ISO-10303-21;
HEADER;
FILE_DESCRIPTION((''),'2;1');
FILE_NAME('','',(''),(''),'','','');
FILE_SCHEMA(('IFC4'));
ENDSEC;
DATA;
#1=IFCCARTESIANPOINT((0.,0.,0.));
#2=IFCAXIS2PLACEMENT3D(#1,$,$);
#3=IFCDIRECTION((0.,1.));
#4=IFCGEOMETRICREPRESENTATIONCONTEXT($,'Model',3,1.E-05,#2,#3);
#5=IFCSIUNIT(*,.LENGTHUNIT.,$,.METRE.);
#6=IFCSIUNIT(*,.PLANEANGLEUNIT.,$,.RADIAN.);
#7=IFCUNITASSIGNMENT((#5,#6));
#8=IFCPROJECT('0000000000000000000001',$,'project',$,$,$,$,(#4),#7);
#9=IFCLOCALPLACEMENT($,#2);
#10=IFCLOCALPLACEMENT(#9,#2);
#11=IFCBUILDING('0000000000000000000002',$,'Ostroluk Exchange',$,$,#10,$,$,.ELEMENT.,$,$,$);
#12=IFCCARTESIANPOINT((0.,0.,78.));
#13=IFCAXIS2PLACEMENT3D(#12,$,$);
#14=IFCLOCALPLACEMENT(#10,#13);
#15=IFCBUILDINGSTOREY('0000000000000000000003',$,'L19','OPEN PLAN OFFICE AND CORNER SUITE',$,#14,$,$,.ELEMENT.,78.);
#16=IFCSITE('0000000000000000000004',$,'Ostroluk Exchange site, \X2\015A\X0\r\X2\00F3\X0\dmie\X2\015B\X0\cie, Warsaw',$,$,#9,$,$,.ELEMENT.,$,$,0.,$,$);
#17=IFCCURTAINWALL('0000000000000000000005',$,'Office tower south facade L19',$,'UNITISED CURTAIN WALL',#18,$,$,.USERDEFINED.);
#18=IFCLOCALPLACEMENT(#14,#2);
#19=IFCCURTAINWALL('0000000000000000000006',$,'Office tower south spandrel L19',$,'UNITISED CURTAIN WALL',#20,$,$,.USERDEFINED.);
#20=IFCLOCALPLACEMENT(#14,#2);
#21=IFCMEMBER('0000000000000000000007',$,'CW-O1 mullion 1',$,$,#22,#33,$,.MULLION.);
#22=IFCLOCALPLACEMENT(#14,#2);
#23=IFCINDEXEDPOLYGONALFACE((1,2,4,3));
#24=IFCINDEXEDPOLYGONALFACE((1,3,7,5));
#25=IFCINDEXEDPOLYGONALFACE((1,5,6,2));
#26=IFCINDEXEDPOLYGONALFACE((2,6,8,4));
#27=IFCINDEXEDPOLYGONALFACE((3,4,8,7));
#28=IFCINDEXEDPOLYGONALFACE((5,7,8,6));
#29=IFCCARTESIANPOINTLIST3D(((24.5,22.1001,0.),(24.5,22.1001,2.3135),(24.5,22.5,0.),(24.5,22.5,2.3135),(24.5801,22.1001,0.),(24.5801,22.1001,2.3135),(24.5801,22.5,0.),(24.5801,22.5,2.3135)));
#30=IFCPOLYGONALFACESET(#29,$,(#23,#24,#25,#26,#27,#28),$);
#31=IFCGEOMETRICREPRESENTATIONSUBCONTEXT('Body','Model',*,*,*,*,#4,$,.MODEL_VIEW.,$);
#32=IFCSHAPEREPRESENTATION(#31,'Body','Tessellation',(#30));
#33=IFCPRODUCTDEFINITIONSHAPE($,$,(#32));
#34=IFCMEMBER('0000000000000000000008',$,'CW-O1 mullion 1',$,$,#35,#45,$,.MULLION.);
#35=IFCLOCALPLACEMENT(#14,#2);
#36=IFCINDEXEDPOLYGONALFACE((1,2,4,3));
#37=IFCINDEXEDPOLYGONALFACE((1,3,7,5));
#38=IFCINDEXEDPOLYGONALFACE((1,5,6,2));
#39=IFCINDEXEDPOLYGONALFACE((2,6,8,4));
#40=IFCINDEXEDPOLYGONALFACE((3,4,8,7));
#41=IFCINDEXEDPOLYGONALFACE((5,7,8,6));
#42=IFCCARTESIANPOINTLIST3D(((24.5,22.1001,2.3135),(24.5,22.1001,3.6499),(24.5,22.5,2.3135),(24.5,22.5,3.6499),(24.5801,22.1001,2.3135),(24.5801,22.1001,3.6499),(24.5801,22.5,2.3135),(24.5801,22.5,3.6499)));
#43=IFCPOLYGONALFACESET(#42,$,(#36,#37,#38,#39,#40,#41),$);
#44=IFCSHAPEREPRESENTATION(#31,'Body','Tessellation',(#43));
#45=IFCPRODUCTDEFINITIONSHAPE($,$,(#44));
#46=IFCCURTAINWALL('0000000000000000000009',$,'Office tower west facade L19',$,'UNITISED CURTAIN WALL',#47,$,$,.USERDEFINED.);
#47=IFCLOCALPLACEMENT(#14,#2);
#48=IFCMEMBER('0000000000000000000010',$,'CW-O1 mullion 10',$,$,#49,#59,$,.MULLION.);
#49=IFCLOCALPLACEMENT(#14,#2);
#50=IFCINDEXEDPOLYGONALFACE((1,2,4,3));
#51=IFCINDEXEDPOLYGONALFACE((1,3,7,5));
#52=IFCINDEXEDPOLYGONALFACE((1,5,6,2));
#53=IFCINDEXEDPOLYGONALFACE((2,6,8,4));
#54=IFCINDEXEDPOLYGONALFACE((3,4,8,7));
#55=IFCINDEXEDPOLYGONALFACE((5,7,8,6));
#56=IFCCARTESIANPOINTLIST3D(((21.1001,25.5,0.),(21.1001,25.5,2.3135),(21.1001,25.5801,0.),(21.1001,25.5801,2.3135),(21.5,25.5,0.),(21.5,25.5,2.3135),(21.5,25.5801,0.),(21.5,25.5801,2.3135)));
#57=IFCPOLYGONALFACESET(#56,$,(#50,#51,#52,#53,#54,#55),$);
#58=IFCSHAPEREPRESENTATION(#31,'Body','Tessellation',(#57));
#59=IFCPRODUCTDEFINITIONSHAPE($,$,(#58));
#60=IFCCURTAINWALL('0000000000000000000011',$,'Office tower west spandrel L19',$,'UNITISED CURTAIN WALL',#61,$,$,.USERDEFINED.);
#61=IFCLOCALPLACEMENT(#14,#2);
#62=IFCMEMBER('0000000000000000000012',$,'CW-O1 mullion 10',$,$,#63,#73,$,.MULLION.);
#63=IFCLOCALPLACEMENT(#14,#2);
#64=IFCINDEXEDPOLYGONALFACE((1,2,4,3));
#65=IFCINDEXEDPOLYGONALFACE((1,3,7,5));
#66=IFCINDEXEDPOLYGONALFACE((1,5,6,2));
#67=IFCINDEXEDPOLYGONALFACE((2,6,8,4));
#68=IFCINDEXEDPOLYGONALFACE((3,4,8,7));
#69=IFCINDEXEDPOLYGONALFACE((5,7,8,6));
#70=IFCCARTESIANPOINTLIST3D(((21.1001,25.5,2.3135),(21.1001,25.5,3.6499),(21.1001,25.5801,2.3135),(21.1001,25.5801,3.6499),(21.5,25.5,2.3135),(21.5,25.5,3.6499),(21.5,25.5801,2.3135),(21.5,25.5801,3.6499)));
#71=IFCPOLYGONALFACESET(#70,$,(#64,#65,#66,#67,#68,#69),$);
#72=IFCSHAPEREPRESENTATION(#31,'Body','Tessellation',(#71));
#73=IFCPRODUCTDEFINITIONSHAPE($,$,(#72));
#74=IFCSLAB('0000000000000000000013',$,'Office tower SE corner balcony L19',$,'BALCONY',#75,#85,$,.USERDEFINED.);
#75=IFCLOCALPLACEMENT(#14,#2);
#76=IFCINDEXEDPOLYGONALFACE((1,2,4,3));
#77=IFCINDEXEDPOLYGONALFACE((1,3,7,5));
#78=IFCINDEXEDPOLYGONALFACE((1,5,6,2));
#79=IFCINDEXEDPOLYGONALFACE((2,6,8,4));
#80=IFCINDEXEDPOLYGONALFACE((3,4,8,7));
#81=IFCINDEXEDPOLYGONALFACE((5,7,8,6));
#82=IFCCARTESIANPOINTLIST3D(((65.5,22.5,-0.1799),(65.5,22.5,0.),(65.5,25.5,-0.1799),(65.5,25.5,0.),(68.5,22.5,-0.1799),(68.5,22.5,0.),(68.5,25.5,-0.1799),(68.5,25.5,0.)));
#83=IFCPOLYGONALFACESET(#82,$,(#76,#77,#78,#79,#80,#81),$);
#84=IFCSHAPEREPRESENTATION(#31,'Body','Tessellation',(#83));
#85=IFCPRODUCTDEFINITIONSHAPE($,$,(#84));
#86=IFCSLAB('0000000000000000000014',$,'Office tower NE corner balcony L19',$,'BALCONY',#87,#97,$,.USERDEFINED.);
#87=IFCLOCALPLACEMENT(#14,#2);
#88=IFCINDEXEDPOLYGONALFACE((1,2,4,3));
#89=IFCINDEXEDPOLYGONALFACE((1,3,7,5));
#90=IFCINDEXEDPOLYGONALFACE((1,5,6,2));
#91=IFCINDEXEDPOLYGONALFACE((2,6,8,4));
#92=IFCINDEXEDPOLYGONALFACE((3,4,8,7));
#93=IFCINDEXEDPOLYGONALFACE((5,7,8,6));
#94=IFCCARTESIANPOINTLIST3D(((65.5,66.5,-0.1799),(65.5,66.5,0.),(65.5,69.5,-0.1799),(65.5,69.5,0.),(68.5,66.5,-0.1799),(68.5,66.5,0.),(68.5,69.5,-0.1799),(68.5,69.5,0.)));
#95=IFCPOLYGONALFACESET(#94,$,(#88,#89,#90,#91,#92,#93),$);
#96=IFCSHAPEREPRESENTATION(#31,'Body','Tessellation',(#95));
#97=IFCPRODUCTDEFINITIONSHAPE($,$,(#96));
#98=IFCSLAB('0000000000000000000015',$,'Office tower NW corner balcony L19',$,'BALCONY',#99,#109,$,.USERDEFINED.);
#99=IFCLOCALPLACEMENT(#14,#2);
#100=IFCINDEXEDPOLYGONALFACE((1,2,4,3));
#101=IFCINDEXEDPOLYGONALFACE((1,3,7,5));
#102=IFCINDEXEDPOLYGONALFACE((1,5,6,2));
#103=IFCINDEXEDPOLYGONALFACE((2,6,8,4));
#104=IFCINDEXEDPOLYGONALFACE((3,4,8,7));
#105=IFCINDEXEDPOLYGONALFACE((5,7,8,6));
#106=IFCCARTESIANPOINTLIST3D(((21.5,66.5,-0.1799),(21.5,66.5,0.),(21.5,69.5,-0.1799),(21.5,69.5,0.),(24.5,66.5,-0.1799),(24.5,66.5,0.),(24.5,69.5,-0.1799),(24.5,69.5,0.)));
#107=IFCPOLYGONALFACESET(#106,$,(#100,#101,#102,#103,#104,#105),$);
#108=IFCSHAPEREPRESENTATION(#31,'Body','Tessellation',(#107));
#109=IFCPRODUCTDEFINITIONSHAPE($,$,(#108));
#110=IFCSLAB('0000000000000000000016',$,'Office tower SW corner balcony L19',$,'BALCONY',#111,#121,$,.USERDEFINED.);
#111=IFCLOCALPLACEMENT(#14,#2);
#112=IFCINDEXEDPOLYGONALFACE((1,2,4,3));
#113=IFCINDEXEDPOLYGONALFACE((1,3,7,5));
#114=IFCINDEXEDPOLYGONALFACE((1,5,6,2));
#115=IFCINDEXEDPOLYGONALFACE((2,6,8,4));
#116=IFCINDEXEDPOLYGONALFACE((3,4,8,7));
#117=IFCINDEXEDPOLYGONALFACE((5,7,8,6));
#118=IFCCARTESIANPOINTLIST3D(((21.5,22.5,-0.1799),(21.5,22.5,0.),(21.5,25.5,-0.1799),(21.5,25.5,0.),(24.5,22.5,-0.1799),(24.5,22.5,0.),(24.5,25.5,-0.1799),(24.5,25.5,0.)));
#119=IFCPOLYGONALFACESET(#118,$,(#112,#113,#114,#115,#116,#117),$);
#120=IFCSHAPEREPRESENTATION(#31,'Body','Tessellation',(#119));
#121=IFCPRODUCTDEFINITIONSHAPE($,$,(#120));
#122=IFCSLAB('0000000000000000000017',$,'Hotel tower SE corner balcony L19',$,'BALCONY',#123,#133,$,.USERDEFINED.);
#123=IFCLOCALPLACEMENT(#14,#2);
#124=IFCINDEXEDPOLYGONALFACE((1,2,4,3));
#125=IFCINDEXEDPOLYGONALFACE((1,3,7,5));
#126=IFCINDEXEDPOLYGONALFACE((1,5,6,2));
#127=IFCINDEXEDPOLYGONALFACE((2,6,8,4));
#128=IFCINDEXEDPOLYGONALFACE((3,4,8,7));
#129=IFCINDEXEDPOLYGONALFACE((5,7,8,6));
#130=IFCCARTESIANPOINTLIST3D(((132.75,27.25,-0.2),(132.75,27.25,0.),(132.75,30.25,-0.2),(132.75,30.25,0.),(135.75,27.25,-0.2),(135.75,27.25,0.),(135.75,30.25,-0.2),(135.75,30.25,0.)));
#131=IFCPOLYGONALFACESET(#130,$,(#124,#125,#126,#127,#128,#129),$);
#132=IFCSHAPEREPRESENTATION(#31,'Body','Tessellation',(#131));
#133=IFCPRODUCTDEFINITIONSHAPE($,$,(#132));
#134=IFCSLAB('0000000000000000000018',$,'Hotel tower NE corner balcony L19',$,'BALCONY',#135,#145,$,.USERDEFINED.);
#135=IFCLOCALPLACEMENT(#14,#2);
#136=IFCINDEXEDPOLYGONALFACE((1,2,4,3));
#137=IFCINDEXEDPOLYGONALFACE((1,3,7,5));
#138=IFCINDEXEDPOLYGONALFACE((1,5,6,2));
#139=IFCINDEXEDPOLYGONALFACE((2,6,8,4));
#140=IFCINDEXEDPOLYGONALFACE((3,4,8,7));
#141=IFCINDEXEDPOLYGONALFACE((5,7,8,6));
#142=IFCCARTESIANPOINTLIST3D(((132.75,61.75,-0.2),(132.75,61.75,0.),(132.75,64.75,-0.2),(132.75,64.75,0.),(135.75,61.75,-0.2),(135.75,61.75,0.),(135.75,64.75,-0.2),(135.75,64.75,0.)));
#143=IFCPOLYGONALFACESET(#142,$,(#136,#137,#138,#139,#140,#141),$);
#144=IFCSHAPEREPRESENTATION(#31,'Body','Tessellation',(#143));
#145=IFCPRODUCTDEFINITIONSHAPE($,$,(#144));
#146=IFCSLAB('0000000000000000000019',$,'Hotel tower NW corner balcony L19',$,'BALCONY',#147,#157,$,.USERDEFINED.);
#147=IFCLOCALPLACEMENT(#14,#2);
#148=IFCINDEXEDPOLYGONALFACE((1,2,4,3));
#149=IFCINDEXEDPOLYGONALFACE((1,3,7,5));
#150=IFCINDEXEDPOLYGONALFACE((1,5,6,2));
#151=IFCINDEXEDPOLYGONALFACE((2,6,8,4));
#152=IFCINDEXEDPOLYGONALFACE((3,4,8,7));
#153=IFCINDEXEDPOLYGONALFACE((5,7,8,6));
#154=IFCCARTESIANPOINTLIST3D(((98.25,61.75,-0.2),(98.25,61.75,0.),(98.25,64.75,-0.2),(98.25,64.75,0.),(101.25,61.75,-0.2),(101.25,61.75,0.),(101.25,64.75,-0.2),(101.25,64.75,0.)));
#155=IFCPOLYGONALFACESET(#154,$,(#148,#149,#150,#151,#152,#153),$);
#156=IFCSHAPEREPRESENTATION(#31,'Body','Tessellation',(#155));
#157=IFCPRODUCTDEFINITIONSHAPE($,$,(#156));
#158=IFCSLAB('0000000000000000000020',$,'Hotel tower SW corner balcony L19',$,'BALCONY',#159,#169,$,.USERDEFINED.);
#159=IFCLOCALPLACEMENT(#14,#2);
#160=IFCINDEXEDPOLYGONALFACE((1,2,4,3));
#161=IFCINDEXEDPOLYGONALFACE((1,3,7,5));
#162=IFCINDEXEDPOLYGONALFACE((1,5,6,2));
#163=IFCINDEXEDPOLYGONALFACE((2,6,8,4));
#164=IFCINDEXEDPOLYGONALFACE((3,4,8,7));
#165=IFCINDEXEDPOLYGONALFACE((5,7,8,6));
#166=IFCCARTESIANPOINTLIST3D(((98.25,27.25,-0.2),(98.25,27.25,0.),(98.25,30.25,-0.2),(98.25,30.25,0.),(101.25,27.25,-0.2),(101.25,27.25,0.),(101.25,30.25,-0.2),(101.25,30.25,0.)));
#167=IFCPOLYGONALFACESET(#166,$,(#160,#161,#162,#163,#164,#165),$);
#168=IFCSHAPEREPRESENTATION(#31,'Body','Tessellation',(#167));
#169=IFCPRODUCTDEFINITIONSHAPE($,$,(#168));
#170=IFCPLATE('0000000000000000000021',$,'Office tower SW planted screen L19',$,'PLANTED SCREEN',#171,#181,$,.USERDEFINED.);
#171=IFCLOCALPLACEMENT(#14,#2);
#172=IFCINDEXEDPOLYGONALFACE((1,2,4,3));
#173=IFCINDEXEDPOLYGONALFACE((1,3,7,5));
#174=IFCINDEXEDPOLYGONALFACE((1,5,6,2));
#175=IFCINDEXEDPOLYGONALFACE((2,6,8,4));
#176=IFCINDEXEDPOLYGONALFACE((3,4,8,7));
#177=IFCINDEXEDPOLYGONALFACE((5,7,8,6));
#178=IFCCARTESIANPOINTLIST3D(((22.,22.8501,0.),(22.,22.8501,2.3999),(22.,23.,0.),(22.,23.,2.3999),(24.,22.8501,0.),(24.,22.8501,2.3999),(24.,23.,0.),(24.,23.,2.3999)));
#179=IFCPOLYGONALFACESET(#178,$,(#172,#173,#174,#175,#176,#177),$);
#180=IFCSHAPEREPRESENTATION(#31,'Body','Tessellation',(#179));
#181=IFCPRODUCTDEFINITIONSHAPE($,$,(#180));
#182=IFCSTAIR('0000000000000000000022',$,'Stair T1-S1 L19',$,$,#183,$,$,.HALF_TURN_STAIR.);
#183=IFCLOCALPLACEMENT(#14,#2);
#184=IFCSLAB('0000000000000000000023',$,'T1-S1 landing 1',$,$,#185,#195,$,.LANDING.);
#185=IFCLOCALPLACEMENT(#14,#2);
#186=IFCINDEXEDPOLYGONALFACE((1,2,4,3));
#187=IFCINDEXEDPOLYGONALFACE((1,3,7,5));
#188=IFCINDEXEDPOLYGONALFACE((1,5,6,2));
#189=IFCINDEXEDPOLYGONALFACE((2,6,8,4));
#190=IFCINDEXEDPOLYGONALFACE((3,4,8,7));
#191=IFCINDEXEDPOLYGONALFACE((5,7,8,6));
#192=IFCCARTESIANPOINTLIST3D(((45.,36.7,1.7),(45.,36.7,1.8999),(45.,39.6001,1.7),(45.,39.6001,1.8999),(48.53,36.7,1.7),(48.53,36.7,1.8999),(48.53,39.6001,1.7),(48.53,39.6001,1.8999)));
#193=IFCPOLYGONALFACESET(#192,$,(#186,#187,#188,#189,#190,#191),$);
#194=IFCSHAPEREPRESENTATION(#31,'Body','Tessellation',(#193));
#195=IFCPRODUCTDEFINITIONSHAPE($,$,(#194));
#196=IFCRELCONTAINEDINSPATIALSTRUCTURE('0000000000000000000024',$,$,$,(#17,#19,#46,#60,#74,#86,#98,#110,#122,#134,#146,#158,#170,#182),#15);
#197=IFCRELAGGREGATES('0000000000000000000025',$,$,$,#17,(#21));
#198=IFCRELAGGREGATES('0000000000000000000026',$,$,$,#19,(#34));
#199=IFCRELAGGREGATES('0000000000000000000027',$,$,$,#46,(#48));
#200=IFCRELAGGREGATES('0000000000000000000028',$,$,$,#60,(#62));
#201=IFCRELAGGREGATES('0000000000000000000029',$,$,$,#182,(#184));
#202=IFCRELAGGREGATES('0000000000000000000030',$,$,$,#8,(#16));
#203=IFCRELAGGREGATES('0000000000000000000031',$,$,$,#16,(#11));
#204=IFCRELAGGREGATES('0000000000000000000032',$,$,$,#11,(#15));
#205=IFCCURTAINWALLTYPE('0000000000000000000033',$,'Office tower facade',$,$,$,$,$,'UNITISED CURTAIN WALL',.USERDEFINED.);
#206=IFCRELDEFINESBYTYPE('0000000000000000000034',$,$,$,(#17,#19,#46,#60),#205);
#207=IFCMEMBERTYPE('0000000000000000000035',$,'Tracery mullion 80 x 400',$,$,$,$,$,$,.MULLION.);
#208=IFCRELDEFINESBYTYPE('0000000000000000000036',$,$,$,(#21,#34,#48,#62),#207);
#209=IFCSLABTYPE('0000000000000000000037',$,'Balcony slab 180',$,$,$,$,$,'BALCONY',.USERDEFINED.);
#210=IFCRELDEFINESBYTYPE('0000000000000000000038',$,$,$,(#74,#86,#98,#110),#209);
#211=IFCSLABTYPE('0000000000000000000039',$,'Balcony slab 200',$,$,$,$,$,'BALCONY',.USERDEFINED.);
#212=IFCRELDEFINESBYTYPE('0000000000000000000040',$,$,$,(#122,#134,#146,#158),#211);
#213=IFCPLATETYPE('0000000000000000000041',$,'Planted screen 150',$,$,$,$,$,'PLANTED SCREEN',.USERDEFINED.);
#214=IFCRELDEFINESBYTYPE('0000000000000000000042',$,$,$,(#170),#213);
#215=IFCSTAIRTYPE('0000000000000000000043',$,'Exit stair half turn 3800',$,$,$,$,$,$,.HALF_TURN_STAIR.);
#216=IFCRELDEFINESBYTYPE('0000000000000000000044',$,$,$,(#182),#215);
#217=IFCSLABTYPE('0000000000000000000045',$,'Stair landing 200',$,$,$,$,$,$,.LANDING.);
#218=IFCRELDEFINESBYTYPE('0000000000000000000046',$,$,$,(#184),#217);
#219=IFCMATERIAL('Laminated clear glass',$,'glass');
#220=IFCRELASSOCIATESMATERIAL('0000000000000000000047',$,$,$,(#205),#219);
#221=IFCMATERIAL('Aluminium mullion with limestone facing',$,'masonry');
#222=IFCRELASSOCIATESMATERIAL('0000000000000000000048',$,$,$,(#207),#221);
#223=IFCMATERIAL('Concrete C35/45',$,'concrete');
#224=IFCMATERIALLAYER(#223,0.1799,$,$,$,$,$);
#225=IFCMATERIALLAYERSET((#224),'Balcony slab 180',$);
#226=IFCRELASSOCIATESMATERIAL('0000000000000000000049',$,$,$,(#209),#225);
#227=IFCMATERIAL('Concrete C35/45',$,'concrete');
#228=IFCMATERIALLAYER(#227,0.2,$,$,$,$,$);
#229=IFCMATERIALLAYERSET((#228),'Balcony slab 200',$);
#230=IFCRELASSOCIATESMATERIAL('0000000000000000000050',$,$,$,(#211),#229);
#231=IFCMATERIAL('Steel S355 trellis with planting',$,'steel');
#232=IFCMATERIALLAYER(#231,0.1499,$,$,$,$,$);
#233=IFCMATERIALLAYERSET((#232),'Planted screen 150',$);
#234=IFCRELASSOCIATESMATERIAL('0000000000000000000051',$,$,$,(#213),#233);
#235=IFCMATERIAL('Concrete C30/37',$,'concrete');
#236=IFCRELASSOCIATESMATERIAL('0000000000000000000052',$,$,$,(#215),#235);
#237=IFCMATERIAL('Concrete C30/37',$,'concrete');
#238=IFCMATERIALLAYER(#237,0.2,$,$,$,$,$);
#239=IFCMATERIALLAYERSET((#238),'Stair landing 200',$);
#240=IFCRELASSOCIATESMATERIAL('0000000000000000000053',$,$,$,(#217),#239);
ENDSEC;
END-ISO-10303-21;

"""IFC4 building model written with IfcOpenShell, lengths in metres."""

from ifc_helpers import new_model, si_unit, direction, frame, origin, origin_2d, place, context, subcontext, project, spatial, polyline, rectangle, outline, extrude, material, layer, layer_set, material_profile, profile_set, type_object, element, aggregate, save


model = new_model("IFC4")

# Units and contexts
model_context = context("Model", 3, precision=1e-05, world=origin(), true_north=direction((0.0, 1.0)))
body_context = subcontext(model_context, "Body", "Model", "MODEL_VIEW")
ifc_project = project(units=[si_unit("LENGTHUNIT", "METRE"), si_unit("PLANEANGLEUNIT", "RADIAN")], contexts=[model_context])

# Site, building, storey
site_placement = place(None, origin())
site = spatial("IfcSite", under=ifc_project, at=site_placement, Name="Ostroluk Exchange site, Śródmieście, Warsaw", CompositionType="ELEMENT", RefElevation=0.0)
building_placement = place(site_placement, origin())
building = spatial("IfcBuilding", under=site, at=building_placement, Name="Ostroluk Exchange", CompositionType="ELEMENT")
storey_placement = place(building_placement, frame((0.0, 0.0, 78.0)))
storey = spatial("IfcBuildingStorey", under=building, at=storey_placement, Name="L19", Description="OPEN PLAN OFFICE AND CORNER SUITE", CompositionType="ELEMENT", Elevation=78.0)

# Curtain wall
ifc_material_1 = material(Name="Laminated clear glass", Category="glass")
curtain_wall_type = type_object("IfcCurtainWallType", Name="Office tower facade", ElementType="UNITISED CURTAIN WALL", PredefinedType="USERDEFINED", material=ifc_material_1)
curtain_wall_1_placement = place(storey_placement, origin())
curtain_wall_1 = element("IfcCurtainWall", 1, at=curtain_wall_1_placement, inside=storey, type_object=curtain_wall_type, Name="Office tower south facade L19", ObjectType="UNITISED CURTAIN WALL", PredefinedType="USERDEFINED")

# Curtain wall
curtain_wall_2_placement = place(storey_placement, origin())
curtain_wall_2 = element("IfcCurtainWall", 2, at=curtain_wall_2_placement, inside=storey, type_object=curtain_wall_type, Name="Office tower south spandrel L19", ObjectType="UNITISED CURTAIN WALL", PredefinedType="USERDEFINED")

# Members
ifc_material_2 = material(Name="Aluminium mullion with limestone facing", Category="masonry")
ifc_material_profile_1 = material_profile(ifc_material_2, rectangle(XDim=0.3999, YDim=0.0801, at=origin_2d()), Name="Tracery mullion 80 x 400")
ifc_profile_set_1 = profile_set([ifc_material_profile_1], Name="Aluminium mullion with limestone facing")
member_type_1 = type_object("IfcMemberType", Name="Tracery mullion 80 x 400", PredefinedType="MULLION", material=ifc_profile_set_1)
member_1_placement = place(storey_placement, frame((24.54, 22.3, 0.0), z_axis=(0.0, 0.0, 1.0), x_axis=(0.0, 1.0, 0.0)))
member_1 = element("IfcMember", 3, at=member_1_placement, type_object=member_type_1, Name="CW-O1 mullion 1", PredefinedType="MULLION", context=body_context, shape_type="SweptSolid", body=[
    extrude(rectangle(XDim=0.3999, YDim=0.0801, at=origin_2d()), origin(), (0.0, 0.0, 1.0), 2.3135),
])
aggregate(curtain_wall_1, [member_1])
member_2_placement = place(storey_placement, frame((24.54, 22.3, 2.3135), z_axis=(0.0, 0.0, 1.0), x_axis=(0.0, 1.0, 0.0)))
member_2 = element("IfcMember", 4, at=member_2_placement, type_object=member_type_1, Name="CW-O1 mullion 1", PredefinedType="MULLION", context=body_context, shape_type="SweptSolid", body=[
    extrude(rectangle(XDim=0.3999, YDim=0.0801, at=origin_2d()), origin(), (0.0, 0.0, 1.0), 1.3364),
])
aggregate(curtain_wall_2, [member_2])

# Curtain walls, members
curtain_wall_3_placement = place(storey_placement, origin())
curtain_wall_3 = element("IfcCurtainWall", 5, at=curtain_wall_3_placement, inside=storey, type_object=curtain_wall_type, Name="Office tower west facade L19", ObjectType="UNITISED CURTAIN WALL", PredefinedType="USERDEFINED")
member_3_placement = place(storey_placement, frame((21.3, 25.54, 0.0), z_axis=(0.0, 0.0, 1.0), x_axis=(1.0, 0.0, 0.0)))
member_3 = element("IfcMember", 6, at=member_3_placement, type_object=member_type_1, Name="CW-O1 mullion 10", PredefinedType="MULLION", context=body_context, shape_type="SweptSolid", body=[
    extrude(rectangle(XDim=0.3999, YDim=0.0801, at=origin_2d()), origin(), (0.0, 0.0, 1.0), 2.3135),
])
aggregate(curtain_wall_3, [member_3])
curtain_wall_4_placement = place(storey_placement, origin())
curtain_wall_4 = element("IfcCurtainWall", 7, at=curtain_wall_4_placement, inside=storey, type_object=curtain_wall_type, Name="Office tower west spandrel L19", ObjectType="UNITISED CURTAIN WALL", PredefinedType="USERDEFINED")
member_4_placement = place(storey_placement, frame((21.3, 25.54, 2.3135), z_axis=(0.0, 0.0, 1.0), x_axis=(1.0, 0.0, 0.0)))
member_4 = element("IfcMember", 8, at=member_4_placement, type_object=member_type_1, Name="CW-O1 mullion 10", PredefinedType="MULLION", context=body_context, shape_type="SweptSolid", body=[
    extrude(rectangle(XDim=0.3999, YDim=0.0801, at=origin_2d()), origin(), (0.0, 0.0, 1.0), 1.3364),
])
aggregate(curtain_wall_4, [member_4])

# Slabs
ifc_material_3 = material(Name="Concrete C35/45", Category="concrete")
ifc_layer_1 = layer(ifc_material_3, 0.1799)
ifc_layer_set_1 = layer_set([ifc_layer_1], Name="Balcony slab 180")
slab_type_1 = type_object("IfcSlabType", Name="Balcony slab 180", ElementType="BALCONY", PredefinedType="USERDEFINED", material=ifc_layer_set_1)
slab_1_placement = place(storey_placement, frame((0.0, 0.0, -0.1799)))
element("IfcSlab", 9, at=slab_1_placement, inside=storey, type_object=slab_type_1, Name="Office tower SE corner balcony L19", ObjectType="BALCONY", PredefinedType="USERDEFINED", context=body_context, shape_type="SweptSolid", body=[
    extrude(outline(polyline([(65.5, 22.5), (68.5, 22.5), (68.5, 25.5), (65.5, 25.5), (65.5, 22.5)])), origin(), (0.0, 0.0, 1.0), 0.1799),
])
slab_2_placement = place(storey_placement, frame((0.0, 0.0, -0.1799)))
element("IfcSlab", 10, at=slab_2_placement, inside=storey, type_object=slab_type_1, Name="Office tower NE corner balcony L19", ObjectType="BALCONY", PredefinedType="USERDEFINED", context=body_context, shape_type="SweptSolid", body=[
    extrude(outline(polyline([(65.5, 66.5), (68.5, 66.5), (68.5, 69.5), (65.5, 69.5), (65.5, 66.5)])), origin(), (0.0, 0.0, 1.0), 0.1799),
])
slab_3_placement = place(storey_placement, frame((0.0, 0.0, -0.1799)))
element("IfcSlab", 11, at=slab_3_placement, inside=storey, type_object=slab_type_1, Name="Office tower NW corner balcony L19", ObjectType="BALCONY", PredefinedType="USERDEFINED", context=body_context, shape_type="SweptSolid", body=[
    extrude(outline(polyline([(21.5, 66.5), (24.5, 66.5), (24.5, 69.5), (21.5, 69.5), (21.5, 66.5)])), origin(), (0.0, 0.0, 1.0), 0.1799),
])
slab_4_placement = place(storey_placement, frame((0.0, 0.0, -0.1799)))
element("IfcSlab", 12, at=slab_4_placement, inside=storey, type_object=slab_type_1, Name="Office tower SW corner balcony L19", ObjectType="BALCONY", PredefinedType="USERDEFINED", context=body_context, shape_type="SweptSolid", body=[
    extrude(outline(polyline([(21.5, 22.5), (24.5, 22.5), (24.5, 25.5), (21.5, 25.5), (21.5, 22.5)])), origin(), (0.0, 0.0, 1.0), 0.1799),
])
ifc_material_4 = material(Name="Concrete C35/45", Category="concrete")
ifc_layer_2 = layer(ifc_material_4, 0.2)
ifc_layer_set_2 = layer_set([ifc_layer_2], Name="Balcony slab 200")
slab_type_2 = type_object("IfcSlabType", Name="Balcony slab 200", ElementType="BALCONY", PredefinedType="USERDEFINED", material=ifc_layer_set_2)
slab_5_placement = place(storey_placement, frame((0.0, 0.0, -0.2)))
element("IfcSlab", 13, at=slab_5_placement, inside=storey, type_object=slab_type_2, Name="Hotel tower SE corner balcony L19", ObjectType="BALCONY", PredefinedType="USERDEFINED", context=body_context, shape_type="SweptSolid", body=[
    extrude(outline(polyline([(132.75, 27.25), (135.75, 27.25), (135.75, 30.25), (132.75, 30.25), (132.75, 27.25)])), origin(), (0.0, 0.0, 1.0), 0.2),
])
slab_6_placement = place(storey_placement, frame((0.0, 0.0, -0.2)))
element("IfcSlab", 14, at=slab_6_placement, inside=storey, type_object=slab_type_2, Name="Hotel tower NE corner balcony L19", ObjectType="BALCONY", PredefinedType="USERDEFINED", context=body_context, shape_type="SweptSolid", body=[
    extrude(outline(polyline([(132.75, 61.75), (135.75, 61.75), (135.75, 64.75), (132.75, 64.75), (132.75, 61.75)])), origin(), (0.0, 0.0, 1.0), 0.2),
])
slab_7_placement = place(storey_placement, frame((0.0, 0.0, -0.2)))
element("IfcSlab", 15, at=slab_7_placement, inside=storey, type_object=slab_type_2, Name="Hotel tower NW corner balcony L19", ObjectType="BALCONY", PredefinedType="USERDEFINED", context=body_context, shape_type="SweptSolid", body=[
    extrude(outline(polyline([(98.25, 61.75), (101.25, 61.75), (101.25, 64.75), (98.25, 64.75), (98.25, 61.75)])), origin(), (0.0, 0.0, 1.0), 0.2),
])
slab_8_placement = place(storey_placement, frame((0.0, 0.0, -0.2)))
element("IfcSlab", 16, at=slab_8_placement, inside=storey, type_object=slab_type_2, Name="Hotel tower SW corner balcony L19", ObjectType="BALCONY", PredefinedType="USERDEFINED", context=body_context, shape_type="SweptSolid", body=[
    extrude(outline(polyline([(98.25, 27.25), (101.25, 27.25), (101.25, 30.25), (98.25, 30.25), (98.25, 27.25)])), origin(), (0.0, 0.0, 1.0), 0.2),
])

# Plate
ifc_material_5 = material(Name="Steel S355 trellis with planting", Category="steel")
ifc_layer_3 = layer(ifc_material_5, 0.1499)
ifc_layer_set_3 = layer_set([ifc_layer_3], Name="Planted screen 150")
plate_type = type_object("IfcPlateType", Name="Planted screen 150", ElementType="PLANTED SCREEN", PredefinedType="USERDEFINED", material=ifc_layer_set_3)
plate_placement = place(storey_placement, frame((23.0, 22.925, 0.0), z_axis=(0.0, 0.0, 1.0), x_axis=(1.0, 0.0, 0.0)))
element("IfcPlate", 17, at=plate_placement, inside=storey, type_object=plate_type, Name="Office tower SW planted screen L19", ObjectType="PLANTED SCREEN", PredefinedType="USERDEFINED", context=body_context, shape_type="SweptSolid", body=[
    extrude(rectangle(XDim=2.0, YDim=0.1499, at=origin_2d()), origin(), (0.0, 0.0, 1.0), 2.3999),
])

# Stair, slab
ifc_material_6 = material(Name="Concrete C30/37", Category="concrete")
stair_type = type_object("IfcStairType", Name="Exit stair half turn 3800", PredefinedType="HALF_TURN_STAIR", material=ifc_material_6)
stair_1_placement = place(storey_placement, origin())
stair_1 = element("IfcStair", 18, at=stair_1_placement, inside=storey, type_object=stair_type, Name="Stair T1-S1 L19", PredefinedType="HALF_TURN_STAIR")
ifc_material_7 = material(Name="Concrete C30/37", Category="concrete")
ifc_layer_4 = layer(ifc_material_7, 0.2)
ifc_layer_set_4 = layer_set([ifc_layer_4], Name="Stair landing 200")
slab_type_3 = type_object("IfcSlabType", Name="Stair landing 200", PredefinedType="LANDING", material=ifc_layer_set_4)
slab_9_placement = place(storey_placement, frame((0.0, 0.0, 1.7)))
slab_9 = element("IfcSlab", 19, at=slab_9_placement, type_object=slab_type_3, Name="T1-S1 landing 1", PredefinedType="LANDING", context=body_context, shape_type="SweptSolid", body=[
    extrude(outline(polyline([(45.0, 36.7), (45.0, 39.6001), (48.53, 39.6001), (48.53, 36.7), (45.0, 36.7)])), origin(), (0.0, 0.0, 1.0), 0.2),
])
aggregate(stair_1, [slab_9])

save(model, "model.ifc")
